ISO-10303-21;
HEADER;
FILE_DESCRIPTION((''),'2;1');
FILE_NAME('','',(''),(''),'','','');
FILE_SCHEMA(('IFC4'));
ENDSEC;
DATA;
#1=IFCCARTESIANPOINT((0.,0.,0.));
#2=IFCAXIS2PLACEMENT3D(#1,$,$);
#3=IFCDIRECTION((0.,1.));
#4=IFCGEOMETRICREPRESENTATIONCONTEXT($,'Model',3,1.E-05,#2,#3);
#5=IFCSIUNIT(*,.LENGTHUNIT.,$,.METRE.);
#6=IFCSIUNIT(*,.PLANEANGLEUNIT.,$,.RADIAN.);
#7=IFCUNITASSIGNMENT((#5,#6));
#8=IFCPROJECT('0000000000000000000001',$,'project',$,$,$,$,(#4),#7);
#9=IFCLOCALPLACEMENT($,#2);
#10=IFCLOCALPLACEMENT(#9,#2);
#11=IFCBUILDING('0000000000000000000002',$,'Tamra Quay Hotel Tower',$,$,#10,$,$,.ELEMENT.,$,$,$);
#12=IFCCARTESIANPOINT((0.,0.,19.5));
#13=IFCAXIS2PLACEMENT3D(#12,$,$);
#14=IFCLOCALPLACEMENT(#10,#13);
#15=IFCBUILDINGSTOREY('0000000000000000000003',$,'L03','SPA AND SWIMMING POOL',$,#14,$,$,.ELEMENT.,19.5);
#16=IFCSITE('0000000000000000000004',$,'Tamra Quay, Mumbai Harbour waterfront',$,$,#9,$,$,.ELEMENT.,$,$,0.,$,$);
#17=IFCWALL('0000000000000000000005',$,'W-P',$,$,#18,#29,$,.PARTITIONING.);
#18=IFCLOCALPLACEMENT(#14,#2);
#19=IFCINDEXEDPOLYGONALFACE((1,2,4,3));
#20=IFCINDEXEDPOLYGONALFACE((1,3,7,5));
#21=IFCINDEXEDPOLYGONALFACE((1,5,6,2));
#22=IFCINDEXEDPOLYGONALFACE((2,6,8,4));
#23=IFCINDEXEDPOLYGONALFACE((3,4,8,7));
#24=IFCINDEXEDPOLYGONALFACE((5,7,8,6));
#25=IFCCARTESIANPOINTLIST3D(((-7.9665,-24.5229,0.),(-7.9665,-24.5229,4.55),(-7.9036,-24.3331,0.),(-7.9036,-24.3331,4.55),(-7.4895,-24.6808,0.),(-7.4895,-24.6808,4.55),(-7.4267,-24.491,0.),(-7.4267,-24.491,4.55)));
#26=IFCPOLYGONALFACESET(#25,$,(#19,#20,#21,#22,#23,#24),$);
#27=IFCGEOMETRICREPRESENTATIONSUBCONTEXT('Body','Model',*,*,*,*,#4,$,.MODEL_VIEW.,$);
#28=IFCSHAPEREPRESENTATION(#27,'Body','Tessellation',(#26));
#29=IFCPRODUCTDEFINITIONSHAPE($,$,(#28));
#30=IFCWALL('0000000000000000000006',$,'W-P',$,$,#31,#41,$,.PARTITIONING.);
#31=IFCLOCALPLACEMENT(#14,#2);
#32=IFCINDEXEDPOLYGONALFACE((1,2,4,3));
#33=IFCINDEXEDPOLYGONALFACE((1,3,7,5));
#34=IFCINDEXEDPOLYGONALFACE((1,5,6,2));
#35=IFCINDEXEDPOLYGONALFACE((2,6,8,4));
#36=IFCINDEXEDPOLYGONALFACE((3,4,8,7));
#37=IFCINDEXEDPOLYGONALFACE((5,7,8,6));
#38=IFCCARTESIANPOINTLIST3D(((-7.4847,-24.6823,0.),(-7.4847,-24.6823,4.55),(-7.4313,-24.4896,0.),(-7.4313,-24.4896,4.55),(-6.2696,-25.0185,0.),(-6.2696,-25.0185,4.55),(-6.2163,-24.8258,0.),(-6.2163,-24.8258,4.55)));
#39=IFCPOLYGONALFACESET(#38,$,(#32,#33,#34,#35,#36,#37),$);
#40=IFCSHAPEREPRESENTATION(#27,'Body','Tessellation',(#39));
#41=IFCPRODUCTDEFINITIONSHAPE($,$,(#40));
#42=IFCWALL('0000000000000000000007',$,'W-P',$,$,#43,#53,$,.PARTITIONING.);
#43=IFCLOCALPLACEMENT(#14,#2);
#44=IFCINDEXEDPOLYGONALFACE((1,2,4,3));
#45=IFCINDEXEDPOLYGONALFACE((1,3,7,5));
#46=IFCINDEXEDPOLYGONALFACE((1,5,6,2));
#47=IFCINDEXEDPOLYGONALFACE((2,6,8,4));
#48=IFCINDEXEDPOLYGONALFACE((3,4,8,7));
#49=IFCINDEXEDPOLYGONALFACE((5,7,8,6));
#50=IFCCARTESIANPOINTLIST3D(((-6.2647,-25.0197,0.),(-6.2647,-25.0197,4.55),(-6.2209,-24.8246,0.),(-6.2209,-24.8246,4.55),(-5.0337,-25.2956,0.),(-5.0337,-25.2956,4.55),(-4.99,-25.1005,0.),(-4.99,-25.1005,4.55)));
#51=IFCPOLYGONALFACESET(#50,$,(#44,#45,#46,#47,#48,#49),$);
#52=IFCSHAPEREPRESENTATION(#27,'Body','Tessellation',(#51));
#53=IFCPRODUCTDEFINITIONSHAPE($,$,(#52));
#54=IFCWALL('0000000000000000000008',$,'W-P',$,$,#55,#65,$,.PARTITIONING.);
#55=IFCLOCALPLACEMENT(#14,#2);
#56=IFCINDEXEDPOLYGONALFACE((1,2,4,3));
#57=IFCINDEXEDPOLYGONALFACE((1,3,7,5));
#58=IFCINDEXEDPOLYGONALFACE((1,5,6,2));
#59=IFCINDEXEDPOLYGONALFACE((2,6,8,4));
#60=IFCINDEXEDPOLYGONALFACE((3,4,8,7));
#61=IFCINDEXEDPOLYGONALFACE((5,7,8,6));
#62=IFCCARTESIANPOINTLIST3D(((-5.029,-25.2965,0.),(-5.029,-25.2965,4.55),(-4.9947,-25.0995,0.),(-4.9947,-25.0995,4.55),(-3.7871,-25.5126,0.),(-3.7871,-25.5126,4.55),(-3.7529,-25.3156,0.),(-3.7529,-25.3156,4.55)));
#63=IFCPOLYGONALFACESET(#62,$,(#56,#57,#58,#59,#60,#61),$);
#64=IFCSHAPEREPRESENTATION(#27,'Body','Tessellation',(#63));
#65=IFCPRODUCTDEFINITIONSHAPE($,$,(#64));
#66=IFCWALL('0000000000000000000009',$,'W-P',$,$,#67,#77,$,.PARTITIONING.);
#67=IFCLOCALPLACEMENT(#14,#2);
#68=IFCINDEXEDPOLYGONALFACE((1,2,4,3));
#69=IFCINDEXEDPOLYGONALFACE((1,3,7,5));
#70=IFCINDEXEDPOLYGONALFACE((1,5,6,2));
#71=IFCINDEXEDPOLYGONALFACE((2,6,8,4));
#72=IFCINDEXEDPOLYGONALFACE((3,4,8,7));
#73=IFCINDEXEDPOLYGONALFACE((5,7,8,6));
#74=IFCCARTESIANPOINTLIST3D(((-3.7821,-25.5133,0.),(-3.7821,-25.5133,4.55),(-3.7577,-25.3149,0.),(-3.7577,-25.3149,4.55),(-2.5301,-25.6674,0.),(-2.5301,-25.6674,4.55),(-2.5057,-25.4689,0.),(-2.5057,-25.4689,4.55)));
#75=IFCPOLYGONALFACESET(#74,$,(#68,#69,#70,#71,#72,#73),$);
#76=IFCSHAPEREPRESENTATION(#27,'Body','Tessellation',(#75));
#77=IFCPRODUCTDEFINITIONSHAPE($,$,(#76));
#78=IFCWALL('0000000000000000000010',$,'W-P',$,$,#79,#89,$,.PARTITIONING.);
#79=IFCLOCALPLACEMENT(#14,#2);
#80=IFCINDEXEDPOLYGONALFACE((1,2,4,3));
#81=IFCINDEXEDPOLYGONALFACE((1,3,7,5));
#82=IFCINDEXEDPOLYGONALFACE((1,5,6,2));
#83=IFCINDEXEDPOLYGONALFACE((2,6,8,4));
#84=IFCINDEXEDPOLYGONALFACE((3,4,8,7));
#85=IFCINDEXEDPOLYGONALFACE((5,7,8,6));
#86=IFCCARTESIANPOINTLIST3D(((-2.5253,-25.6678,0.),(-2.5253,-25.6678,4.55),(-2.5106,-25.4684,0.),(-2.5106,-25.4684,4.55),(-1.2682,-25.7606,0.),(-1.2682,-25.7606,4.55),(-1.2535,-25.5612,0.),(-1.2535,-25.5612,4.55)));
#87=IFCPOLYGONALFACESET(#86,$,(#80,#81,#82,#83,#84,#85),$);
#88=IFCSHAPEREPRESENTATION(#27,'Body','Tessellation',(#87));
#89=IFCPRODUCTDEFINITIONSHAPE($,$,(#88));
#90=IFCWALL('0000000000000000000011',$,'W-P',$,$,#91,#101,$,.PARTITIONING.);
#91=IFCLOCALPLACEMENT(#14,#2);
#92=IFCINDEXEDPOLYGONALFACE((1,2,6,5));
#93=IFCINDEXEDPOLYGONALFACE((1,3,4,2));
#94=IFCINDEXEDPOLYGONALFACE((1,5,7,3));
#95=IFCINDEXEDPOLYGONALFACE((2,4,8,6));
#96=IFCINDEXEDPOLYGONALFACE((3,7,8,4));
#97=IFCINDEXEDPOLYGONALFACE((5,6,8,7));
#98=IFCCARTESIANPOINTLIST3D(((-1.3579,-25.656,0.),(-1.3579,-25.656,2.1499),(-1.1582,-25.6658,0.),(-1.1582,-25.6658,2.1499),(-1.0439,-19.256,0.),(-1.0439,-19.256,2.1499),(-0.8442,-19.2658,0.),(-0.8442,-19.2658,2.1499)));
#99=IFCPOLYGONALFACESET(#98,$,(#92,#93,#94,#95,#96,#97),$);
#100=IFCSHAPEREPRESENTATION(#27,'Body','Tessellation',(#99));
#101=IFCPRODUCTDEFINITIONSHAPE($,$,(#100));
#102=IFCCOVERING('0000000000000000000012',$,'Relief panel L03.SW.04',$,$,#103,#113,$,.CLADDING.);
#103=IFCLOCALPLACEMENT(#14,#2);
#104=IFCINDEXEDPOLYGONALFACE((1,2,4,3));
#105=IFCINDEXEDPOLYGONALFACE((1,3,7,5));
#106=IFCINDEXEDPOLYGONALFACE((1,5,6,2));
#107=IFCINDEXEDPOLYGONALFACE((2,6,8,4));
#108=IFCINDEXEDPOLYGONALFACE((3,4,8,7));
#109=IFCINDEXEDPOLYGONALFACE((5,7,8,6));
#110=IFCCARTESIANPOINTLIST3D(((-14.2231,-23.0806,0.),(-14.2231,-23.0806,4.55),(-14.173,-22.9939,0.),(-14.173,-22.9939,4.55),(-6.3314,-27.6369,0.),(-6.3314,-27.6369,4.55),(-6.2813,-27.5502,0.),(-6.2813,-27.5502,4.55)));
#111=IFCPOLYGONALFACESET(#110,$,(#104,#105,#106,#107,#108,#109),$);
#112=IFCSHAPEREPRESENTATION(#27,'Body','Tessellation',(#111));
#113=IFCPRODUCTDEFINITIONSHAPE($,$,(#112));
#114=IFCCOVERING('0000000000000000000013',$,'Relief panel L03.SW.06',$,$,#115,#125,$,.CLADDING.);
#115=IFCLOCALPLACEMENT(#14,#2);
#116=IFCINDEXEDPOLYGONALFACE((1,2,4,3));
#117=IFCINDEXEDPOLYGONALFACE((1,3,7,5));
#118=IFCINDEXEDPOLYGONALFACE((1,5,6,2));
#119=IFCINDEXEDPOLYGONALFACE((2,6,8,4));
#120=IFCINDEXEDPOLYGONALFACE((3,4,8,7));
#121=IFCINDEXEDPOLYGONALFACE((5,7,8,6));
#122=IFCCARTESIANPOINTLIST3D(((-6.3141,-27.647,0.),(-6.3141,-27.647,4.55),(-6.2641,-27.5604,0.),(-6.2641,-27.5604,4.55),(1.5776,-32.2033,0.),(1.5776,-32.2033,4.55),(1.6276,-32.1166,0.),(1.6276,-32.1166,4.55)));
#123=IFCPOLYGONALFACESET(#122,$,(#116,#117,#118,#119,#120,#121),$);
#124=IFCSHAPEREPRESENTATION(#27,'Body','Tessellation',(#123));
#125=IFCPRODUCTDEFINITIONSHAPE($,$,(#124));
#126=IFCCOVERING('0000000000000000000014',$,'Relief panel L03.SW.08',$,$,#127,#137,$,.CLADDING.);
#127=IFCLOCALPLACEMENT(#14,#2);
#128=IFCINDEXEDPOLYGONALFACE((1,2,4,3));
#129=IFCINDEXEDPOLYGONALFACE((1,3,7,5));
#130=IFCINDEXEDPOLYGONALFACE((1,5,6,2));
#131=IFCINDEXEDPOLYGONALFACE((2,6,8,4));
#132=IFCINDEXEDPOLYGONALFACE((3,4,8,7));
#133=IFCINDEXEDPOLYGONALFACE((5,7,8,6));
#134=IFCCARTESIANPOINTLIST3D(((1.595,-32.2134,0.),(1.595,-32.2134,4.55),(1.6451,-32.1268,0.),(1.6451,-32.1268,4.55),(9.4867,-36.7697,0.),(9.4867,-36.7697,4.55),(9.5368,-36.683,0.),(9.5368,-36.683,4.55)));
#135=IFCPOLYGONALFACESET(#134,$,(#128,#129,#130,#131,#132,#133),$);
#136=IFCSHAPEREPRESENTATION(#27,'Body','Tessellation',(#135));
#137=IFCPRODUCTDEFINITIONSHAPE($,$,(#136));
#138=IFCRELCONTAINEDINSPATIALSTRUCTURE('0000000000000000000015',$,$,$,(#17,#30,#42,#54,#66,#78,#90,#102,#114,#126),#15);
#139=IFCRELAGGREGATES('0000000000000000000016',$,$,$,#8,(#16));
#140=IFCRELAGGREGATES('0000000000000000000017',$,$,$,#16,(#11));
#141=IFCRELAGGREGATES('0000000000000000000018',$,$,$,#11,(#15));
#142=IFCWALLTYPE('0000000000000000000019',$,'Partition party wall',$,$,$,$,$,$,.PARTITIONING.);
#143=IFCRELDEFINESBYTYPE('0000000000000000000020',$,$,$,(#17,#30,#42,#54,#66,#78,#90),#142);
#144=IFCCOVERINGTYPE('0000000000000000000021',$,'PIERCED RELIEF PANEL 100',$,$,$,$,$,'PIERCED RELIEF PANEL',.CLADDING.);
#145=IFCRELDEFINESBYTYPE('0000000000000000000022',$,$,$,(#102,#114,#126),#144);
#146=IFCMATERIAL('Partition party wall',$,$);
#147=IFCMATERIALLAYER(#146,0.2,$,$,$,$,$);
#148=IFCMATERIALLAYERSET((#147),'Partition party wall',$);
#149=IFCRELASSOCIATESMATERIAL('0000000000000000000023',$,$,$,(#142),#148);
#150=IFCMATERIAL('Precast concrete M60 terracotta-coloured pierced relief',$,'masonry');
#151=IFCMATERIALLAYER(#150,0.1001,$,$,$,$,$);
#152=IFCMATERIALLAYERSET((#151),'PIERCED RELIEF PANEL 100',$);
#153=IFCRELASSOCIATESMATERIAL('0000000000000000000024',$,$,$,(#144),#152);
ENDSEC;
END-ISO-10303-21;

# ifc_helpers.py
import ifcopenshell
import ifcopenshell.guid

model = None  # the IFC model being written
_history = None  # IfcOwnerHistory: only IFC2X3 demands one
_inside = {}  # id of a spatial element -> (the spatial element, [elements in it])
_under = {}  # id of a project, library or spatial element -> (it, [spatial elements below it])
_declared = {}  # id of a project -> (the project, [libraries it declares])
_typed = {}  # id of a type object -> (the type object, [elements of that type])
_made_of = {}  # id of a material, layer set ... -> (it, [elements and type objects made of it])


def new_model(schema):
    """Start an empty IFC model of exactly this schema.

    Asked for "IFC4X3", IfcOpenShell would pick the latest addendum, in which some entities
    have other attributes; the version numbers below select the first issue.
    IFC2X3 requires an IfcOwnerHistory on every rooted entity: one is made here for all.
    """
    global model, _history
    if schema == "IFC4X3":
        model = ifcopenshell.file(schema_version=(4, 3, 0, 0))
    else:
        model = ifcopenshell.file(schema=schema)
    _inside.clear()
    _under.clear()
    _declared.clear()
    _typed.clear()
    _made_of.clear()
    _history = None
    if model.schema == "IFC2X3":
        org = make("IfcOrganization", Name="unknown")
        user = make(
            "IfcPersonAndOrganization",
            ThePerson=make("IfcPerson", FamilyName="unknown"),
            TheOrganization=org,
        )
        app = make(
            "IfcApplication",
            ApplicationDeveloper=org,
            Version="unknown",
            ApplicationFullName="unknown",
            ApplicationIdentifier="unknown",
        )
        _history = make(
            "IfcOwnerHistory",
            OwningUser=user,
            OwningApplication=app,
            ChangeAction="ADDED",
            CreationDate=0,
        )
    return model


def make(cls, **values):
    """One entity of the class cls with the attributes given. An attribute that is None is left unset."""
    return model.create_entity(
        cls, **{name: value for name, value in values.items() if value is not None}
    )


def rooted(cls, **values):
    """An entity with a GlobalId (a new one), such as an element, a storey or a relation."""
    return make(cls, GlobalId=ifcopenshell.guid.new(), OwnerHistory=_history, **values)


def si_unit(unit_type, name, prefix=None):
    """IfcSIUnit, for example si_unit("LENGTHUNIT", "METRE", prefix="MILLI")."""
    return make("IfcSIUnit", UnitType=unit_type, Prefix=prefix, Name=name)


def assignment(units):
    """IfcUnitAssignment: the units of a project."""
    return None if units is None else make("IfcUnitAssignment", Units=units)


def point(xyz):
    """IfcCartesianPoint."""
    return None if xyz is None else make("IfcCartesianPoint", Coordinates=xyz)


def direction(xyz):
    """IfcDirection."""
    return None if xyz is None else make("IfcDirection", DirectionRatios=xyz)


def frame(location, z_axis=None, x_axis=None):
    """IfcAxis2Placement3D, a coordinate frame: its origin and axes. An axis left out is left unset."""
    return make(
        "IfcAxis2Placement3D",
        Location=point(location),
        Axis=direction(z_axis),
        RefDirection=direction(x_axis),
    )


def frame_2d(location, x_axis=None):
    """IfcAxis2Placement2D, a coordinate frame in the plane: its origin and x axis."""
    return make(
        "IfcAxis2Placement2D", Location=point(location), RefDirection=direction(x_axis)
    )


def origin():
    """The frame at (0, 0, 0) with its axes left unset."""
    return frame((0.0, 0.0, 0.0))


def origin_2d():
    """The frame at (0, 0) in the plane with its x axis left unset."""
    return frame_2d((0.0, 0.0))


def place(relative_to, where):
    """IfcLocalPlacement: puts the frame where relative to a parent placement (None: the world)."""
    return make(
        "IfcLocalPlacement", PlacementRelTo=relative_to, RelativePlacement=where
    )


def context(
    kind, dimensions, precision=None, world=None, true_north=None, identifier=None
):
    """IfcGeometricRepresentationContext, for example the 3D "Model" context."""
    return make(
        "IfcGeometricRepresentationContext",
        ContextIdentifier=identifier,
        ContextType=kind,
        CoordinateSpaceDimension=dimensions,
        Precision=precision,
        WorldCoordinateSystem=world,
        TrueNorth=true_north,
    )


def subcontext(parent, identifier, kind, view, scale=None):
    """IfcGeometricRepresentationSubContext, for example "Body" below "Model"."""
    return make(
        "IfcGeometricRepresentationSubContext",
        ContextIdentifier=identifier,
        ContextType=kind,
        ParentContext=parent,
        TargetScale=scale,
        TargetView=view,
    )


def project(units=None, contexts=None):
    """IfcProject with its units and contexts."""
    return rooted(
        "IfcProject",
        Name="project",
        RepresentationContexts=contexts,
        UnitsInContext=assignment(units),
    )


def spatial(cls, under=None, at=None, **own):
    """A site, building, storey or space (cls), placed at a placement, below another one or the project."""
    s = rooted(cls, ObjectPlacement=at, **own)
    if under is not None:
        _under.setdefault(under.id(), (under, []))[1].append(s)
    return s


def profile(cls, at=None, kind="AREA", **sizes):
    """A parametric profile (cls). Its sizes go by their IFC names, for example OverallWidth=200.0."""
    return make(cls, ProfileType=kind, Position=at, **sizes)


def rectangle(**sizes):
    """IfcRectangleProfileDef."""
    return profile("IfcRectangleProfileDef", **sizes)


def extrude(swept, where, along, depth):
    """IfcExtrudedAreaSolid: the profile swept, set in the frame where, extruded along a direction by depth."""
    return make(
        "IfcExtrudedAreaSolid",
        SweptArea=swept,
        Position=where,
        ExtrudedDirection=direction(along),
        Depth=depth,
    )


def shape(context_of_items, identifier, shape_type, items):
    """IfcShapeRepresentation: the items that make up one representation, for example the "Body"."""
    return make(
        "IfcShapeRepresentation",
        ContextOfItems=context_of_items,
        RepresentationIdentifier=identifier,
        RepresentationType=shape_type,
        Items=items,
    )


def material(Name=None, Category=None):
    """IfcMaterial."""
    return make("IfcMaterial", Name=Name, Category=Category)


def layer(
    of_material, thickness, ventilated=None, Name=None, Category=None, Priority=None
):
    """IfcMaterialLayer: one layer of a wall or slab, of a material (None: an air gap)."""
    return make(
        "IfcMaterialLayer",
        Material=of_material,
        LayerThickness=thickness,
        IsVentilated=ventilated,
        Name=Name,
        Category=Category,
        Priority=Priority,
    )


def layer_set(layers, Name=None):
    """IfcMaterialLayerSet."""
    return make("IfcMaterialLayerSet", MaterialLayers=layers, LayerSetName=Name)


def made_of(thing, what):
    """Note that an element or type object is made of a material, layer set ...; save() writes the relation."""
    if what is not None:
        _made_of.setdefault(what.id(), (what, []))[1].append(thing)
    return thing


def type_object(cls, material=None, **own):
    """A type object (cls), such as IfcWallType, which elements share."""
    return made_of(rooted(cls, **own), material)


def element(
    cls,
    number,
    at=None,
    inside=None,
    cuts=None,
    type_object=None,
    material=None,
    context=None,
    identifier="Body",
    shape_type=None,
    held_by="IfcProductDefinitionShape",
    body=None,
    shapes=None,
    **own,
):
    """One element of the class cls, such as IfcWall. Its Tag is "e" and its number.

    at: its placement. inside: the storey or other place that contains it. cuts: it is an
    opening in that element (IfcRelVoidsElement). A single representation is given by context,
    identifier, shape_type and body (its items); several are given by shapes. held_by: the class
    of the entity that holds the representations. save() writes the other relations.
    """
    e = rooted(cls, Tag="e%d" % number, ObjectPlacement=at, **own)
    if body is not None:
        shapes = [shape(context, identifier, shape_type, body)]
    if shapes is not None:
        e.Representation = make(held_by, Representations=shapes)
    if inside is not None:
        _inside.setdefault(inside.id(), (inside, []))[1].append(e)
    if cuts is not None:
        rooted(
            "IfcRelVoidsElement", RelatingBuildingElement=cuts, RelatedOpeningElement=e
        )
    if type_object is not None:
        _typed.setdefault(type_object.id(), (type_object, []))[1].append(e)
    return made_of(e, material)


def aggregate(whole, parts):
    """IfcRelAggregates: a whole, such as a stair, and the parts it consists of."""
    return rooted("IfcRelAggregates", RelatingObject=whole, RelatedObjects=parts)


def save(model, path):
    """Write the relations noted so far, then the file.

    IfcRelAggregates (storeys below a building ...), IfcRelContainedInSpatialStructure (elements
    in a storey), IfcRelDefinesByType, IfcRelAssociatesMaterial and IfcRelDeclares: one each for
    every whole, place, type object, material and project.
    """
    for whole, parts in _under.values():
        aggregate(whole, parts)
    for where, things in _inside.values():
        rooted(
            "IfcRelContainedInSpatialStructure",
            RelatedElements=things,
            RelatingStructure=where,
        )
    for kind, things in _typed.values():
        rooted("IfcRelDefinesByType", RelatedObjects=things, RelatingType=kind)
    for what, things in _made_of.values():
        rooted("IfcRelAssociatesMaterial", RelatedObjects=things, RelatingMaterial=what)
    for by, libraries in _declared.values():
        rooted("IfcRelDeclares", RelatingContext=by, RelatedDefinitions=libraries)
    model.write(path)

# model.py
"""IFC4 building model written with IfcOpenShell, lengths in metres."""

from ifc_helpers import new_model, si_unit, direction, frame, frame_2d, origin, origin_2d, place, context, subcontext, project, spatial, rectangle, extrude, material, layer, layer_set, type_object, element, save


model = new_model("IFC4")

# Units and contexts
model_context = context("Model", 3, precision=1e-05, world=origin(), true_north=direction((0.0, 1.0)))
body_context = subcontext(model_context, "Body", "Model", "MODEL_VIEW")
ifc_project = project(units=[si_unit("LENGTHUNIT", "METRE"), si_unit("PLANEANGLEUNIT", "RADIAN")], contexts=[model_context])

# Site, building, storey
site_placement = place(None, origin())
site = spatial("IfcSite", under=ifc_project, at=site_placement, Name="Tamra Quay, Mumbai Harbour waterfront", CompositionType="ELEMENT", RefElevation=0.0)
building_placement = place(site_placement, origin())
building = spatial("IfcBuilding", under=site, at=building_placement, Name="Tamra Quay Hotel Tower", CompositionType="ELEMENT")
storey_placement = place(building_placement, frame((0.0, 0.0, 19.5)))
storey = spatial("IfcBuildingStorey", under=building, at=storey_placement, Name="L03", Description="SPA AND SWIMMING POOL", CompositionType="ELEMENT", Elevation=19.5)

# Walls
ifc_material_1 = material(Name="Partition party wall")
ifc_layer_1 = layer(ifc_material_1, 0.2)
ifc_layer_set_1 = layer_set([ifc_layer_1], Name="Partition party wall")
wall_type_1 = type_object("IfcWallType", Name="Partition party wall", PredefinedType="PARTITIONING", material=ifc_layer_set_1)
wall_1_placement = place(storey_placement, frame((-7.9351, -24.428, 0.0), z_axis=(0.0, 0.0, 1.0), x_axis=(0.949313, -0.314332, 0.0)))
element("IfcWall", 1, at=wall_1_placement, inside=storey, type_object=wall_type_1, Name="W-P", PredefinedType="PARTITIONING", context=body_context, shape_type="SweptSolid", body=[
    extrude(rectangle(XDim=0.5024, YDim=0.2, at=frame_2d((0.2512, 0.0))), origin(), (0.0, 0.0, 1.0), 4.55),
])
wall_2_placement = place(storey_placement, frame((-7.458, -24.5859, 0.0), z_axis=(0.0, 0.0, 1.0), x_axis=(0.963792, -0.266655, 0.0)))
element("IfcWall", 2, at=wall_2_placement, inside=storey, type_object=wall_type_1, Name="W-P", PredefinedType="PARTITIONING", context=body_context, shape_type="SweptSolid", body=[
    extrude(rectangle(XDim=1.2607, YDim=0.2, at=frame_2d((0.6304, 0.0))), origin(), (0.0, 0.0, 1.0), 4.55),
])
wall_3_placement = place(storey_placement, frame((-6.2429, -24.9221, 0.0), z_axis=(0.0, 0.0, 1.0), x_axis=(0.975794, -0.218692, 0.0)))
element("IfcWall", 3, at=wall_3_placement, inside=storey, type_object=wall_type_1, Name="W-P", PredefinedType="PARTITIONING", context=body_context, shape_type="SweptSolid", body=[
    extrude(rectangle(XDim=1.2615, YDim=0.2, at=frame_2d((0.6309, 0.0))), origin(), (0.0, 0.0, 1.0), 4.55),
])
wall_4_placement = place(storey_placement, frame((-5.012, -25.198, 0.0), z_axis=(0.0, 0.0, 1.0), x_axis=(0.985202, -0.171398, 0.0)))
element("IfcWall", 4, at=wall_4_placement, inside=storey, type_object=wall_type_1, Name="W-P", PredefinedType="PARTITIONING", context=body_context, shape_type="SweptSolid", body=[
    extrude(rectangle(XDim=1.2605, YDim=0.2, at=frame_2d((0.6304, 0.0))), origin(), (0.0, 0.0, 1.0), 4.55),
])
wall_5_placement = place(storey_placement, frame((-3.77, -25.4141, 0.0), z_axis=(0.0, 0.0, 1.0), x_axis=(0.992514, -0.122129, 0.0)))
element("IfcWall", 5, at=wall_5_placement, inside=storey, type_object=wall_type_1, Name="W-P", PredefinedType="PARTITIONING", context=body_context, shape_type="SweptSolid", body=[
    extrude(rectangle(XDim=1.2615, YDim=0.2, at=frame_2d((0.6309, 0.0))), origin(), (0.0, 0.0, 1.0), 4.55),
])
wall_6_placement = place(storey_placement, frame((-2.5181, -25.5681, 0.0), z_axis=(0.0, 0.0, 1.0), x_axis=(0.997288, -0.073601, 0.0)))
element("IfcWall", 6, at=wall_6_placement, inside=storey, type_object=wall_type_1, Name="W-P", PredefinedType="PARTITIONING", context=body_context, shape_type="SweptSolid", body=[
    extrude(rectangle(XDim=1.2605, YDim=0.2, at=frame_2d((0.6304, 0.0))), origin(), (0.0, 0.0, 1.0), 4.55),
])
wall_7_placement = place(storey_placement, frame((-1.2581, -25.6609, 0.0), z_axis=(0.0, 0.0, 1.0), x_axis=(0.048999, 0.998799, 0.0)))
element("IfcWall", 7, at=wall_7_placement, inside=storey, type_object=wall_type_1, Name="W-P", PredefinedType="PARTITIONING", context=body_context, shape_type="SweptSolid", body=[
    extrude(rectangle(XDim=6.4077, YDim=0.2, at=frame_2d((3.2039, 0.0))), origin(), (0.0, 0.0, 1.0), 2.1499),
])

# Coverings
ifc_material_2 = material(Name="Precast concrete M60 terracotta-coloured pierced relief", Category="masonry")
ifc_layer_2 = layer(ifc_material_2, 0.1001)
ifc_layer_set_2 = layer_set([ifc_layer_2], Name="PIERCED RELIEF PANEL 100")
covering_type = type_object("IfcCoveringType", Name="PIERCED RELIEF PANEL 100", ElementType="PIERCED RELIEF PANEL", PredefinedType="CLADDING", material=ifc_layer_set_2)
for number, where, z_axis, x_axis, name in (
    (8, (-10.2522, -25.3154, 0.0), (0.0, 0.0, 1.0), (0.866025, -0.5, 0.0), "Relief panel L03.SW.04"),
    (9, (-2.3433, -29.8818, 0.0), (0.0, 0.0, 1.0), (0.866025, -0.5, 0.0), "Relief panel L03.SW.06"),
    (10, (5.5659, -34.4482, 0.0), (0.0, 0.0, 1.0), (0.866025, -0.5, 0.0), "Relief panel L03.SW.08"),
):
    element("IfcCovering", number, at=place(storey_placement, frame(where, z_axis=z_axis, x_axis=x_axis)), inside=storey, type_object=covering_type, Name=name, PredefinedType="CLADDING", context=body_context, shape_type="SweptSolid", body=[
        extrude(rectangle(XDim=9.1125, YDim=0.1001, at=origin_2d()), origin(), (0.0, 0.0, 1.0), 4.55),
    ])

save(model, "model.ifc")
